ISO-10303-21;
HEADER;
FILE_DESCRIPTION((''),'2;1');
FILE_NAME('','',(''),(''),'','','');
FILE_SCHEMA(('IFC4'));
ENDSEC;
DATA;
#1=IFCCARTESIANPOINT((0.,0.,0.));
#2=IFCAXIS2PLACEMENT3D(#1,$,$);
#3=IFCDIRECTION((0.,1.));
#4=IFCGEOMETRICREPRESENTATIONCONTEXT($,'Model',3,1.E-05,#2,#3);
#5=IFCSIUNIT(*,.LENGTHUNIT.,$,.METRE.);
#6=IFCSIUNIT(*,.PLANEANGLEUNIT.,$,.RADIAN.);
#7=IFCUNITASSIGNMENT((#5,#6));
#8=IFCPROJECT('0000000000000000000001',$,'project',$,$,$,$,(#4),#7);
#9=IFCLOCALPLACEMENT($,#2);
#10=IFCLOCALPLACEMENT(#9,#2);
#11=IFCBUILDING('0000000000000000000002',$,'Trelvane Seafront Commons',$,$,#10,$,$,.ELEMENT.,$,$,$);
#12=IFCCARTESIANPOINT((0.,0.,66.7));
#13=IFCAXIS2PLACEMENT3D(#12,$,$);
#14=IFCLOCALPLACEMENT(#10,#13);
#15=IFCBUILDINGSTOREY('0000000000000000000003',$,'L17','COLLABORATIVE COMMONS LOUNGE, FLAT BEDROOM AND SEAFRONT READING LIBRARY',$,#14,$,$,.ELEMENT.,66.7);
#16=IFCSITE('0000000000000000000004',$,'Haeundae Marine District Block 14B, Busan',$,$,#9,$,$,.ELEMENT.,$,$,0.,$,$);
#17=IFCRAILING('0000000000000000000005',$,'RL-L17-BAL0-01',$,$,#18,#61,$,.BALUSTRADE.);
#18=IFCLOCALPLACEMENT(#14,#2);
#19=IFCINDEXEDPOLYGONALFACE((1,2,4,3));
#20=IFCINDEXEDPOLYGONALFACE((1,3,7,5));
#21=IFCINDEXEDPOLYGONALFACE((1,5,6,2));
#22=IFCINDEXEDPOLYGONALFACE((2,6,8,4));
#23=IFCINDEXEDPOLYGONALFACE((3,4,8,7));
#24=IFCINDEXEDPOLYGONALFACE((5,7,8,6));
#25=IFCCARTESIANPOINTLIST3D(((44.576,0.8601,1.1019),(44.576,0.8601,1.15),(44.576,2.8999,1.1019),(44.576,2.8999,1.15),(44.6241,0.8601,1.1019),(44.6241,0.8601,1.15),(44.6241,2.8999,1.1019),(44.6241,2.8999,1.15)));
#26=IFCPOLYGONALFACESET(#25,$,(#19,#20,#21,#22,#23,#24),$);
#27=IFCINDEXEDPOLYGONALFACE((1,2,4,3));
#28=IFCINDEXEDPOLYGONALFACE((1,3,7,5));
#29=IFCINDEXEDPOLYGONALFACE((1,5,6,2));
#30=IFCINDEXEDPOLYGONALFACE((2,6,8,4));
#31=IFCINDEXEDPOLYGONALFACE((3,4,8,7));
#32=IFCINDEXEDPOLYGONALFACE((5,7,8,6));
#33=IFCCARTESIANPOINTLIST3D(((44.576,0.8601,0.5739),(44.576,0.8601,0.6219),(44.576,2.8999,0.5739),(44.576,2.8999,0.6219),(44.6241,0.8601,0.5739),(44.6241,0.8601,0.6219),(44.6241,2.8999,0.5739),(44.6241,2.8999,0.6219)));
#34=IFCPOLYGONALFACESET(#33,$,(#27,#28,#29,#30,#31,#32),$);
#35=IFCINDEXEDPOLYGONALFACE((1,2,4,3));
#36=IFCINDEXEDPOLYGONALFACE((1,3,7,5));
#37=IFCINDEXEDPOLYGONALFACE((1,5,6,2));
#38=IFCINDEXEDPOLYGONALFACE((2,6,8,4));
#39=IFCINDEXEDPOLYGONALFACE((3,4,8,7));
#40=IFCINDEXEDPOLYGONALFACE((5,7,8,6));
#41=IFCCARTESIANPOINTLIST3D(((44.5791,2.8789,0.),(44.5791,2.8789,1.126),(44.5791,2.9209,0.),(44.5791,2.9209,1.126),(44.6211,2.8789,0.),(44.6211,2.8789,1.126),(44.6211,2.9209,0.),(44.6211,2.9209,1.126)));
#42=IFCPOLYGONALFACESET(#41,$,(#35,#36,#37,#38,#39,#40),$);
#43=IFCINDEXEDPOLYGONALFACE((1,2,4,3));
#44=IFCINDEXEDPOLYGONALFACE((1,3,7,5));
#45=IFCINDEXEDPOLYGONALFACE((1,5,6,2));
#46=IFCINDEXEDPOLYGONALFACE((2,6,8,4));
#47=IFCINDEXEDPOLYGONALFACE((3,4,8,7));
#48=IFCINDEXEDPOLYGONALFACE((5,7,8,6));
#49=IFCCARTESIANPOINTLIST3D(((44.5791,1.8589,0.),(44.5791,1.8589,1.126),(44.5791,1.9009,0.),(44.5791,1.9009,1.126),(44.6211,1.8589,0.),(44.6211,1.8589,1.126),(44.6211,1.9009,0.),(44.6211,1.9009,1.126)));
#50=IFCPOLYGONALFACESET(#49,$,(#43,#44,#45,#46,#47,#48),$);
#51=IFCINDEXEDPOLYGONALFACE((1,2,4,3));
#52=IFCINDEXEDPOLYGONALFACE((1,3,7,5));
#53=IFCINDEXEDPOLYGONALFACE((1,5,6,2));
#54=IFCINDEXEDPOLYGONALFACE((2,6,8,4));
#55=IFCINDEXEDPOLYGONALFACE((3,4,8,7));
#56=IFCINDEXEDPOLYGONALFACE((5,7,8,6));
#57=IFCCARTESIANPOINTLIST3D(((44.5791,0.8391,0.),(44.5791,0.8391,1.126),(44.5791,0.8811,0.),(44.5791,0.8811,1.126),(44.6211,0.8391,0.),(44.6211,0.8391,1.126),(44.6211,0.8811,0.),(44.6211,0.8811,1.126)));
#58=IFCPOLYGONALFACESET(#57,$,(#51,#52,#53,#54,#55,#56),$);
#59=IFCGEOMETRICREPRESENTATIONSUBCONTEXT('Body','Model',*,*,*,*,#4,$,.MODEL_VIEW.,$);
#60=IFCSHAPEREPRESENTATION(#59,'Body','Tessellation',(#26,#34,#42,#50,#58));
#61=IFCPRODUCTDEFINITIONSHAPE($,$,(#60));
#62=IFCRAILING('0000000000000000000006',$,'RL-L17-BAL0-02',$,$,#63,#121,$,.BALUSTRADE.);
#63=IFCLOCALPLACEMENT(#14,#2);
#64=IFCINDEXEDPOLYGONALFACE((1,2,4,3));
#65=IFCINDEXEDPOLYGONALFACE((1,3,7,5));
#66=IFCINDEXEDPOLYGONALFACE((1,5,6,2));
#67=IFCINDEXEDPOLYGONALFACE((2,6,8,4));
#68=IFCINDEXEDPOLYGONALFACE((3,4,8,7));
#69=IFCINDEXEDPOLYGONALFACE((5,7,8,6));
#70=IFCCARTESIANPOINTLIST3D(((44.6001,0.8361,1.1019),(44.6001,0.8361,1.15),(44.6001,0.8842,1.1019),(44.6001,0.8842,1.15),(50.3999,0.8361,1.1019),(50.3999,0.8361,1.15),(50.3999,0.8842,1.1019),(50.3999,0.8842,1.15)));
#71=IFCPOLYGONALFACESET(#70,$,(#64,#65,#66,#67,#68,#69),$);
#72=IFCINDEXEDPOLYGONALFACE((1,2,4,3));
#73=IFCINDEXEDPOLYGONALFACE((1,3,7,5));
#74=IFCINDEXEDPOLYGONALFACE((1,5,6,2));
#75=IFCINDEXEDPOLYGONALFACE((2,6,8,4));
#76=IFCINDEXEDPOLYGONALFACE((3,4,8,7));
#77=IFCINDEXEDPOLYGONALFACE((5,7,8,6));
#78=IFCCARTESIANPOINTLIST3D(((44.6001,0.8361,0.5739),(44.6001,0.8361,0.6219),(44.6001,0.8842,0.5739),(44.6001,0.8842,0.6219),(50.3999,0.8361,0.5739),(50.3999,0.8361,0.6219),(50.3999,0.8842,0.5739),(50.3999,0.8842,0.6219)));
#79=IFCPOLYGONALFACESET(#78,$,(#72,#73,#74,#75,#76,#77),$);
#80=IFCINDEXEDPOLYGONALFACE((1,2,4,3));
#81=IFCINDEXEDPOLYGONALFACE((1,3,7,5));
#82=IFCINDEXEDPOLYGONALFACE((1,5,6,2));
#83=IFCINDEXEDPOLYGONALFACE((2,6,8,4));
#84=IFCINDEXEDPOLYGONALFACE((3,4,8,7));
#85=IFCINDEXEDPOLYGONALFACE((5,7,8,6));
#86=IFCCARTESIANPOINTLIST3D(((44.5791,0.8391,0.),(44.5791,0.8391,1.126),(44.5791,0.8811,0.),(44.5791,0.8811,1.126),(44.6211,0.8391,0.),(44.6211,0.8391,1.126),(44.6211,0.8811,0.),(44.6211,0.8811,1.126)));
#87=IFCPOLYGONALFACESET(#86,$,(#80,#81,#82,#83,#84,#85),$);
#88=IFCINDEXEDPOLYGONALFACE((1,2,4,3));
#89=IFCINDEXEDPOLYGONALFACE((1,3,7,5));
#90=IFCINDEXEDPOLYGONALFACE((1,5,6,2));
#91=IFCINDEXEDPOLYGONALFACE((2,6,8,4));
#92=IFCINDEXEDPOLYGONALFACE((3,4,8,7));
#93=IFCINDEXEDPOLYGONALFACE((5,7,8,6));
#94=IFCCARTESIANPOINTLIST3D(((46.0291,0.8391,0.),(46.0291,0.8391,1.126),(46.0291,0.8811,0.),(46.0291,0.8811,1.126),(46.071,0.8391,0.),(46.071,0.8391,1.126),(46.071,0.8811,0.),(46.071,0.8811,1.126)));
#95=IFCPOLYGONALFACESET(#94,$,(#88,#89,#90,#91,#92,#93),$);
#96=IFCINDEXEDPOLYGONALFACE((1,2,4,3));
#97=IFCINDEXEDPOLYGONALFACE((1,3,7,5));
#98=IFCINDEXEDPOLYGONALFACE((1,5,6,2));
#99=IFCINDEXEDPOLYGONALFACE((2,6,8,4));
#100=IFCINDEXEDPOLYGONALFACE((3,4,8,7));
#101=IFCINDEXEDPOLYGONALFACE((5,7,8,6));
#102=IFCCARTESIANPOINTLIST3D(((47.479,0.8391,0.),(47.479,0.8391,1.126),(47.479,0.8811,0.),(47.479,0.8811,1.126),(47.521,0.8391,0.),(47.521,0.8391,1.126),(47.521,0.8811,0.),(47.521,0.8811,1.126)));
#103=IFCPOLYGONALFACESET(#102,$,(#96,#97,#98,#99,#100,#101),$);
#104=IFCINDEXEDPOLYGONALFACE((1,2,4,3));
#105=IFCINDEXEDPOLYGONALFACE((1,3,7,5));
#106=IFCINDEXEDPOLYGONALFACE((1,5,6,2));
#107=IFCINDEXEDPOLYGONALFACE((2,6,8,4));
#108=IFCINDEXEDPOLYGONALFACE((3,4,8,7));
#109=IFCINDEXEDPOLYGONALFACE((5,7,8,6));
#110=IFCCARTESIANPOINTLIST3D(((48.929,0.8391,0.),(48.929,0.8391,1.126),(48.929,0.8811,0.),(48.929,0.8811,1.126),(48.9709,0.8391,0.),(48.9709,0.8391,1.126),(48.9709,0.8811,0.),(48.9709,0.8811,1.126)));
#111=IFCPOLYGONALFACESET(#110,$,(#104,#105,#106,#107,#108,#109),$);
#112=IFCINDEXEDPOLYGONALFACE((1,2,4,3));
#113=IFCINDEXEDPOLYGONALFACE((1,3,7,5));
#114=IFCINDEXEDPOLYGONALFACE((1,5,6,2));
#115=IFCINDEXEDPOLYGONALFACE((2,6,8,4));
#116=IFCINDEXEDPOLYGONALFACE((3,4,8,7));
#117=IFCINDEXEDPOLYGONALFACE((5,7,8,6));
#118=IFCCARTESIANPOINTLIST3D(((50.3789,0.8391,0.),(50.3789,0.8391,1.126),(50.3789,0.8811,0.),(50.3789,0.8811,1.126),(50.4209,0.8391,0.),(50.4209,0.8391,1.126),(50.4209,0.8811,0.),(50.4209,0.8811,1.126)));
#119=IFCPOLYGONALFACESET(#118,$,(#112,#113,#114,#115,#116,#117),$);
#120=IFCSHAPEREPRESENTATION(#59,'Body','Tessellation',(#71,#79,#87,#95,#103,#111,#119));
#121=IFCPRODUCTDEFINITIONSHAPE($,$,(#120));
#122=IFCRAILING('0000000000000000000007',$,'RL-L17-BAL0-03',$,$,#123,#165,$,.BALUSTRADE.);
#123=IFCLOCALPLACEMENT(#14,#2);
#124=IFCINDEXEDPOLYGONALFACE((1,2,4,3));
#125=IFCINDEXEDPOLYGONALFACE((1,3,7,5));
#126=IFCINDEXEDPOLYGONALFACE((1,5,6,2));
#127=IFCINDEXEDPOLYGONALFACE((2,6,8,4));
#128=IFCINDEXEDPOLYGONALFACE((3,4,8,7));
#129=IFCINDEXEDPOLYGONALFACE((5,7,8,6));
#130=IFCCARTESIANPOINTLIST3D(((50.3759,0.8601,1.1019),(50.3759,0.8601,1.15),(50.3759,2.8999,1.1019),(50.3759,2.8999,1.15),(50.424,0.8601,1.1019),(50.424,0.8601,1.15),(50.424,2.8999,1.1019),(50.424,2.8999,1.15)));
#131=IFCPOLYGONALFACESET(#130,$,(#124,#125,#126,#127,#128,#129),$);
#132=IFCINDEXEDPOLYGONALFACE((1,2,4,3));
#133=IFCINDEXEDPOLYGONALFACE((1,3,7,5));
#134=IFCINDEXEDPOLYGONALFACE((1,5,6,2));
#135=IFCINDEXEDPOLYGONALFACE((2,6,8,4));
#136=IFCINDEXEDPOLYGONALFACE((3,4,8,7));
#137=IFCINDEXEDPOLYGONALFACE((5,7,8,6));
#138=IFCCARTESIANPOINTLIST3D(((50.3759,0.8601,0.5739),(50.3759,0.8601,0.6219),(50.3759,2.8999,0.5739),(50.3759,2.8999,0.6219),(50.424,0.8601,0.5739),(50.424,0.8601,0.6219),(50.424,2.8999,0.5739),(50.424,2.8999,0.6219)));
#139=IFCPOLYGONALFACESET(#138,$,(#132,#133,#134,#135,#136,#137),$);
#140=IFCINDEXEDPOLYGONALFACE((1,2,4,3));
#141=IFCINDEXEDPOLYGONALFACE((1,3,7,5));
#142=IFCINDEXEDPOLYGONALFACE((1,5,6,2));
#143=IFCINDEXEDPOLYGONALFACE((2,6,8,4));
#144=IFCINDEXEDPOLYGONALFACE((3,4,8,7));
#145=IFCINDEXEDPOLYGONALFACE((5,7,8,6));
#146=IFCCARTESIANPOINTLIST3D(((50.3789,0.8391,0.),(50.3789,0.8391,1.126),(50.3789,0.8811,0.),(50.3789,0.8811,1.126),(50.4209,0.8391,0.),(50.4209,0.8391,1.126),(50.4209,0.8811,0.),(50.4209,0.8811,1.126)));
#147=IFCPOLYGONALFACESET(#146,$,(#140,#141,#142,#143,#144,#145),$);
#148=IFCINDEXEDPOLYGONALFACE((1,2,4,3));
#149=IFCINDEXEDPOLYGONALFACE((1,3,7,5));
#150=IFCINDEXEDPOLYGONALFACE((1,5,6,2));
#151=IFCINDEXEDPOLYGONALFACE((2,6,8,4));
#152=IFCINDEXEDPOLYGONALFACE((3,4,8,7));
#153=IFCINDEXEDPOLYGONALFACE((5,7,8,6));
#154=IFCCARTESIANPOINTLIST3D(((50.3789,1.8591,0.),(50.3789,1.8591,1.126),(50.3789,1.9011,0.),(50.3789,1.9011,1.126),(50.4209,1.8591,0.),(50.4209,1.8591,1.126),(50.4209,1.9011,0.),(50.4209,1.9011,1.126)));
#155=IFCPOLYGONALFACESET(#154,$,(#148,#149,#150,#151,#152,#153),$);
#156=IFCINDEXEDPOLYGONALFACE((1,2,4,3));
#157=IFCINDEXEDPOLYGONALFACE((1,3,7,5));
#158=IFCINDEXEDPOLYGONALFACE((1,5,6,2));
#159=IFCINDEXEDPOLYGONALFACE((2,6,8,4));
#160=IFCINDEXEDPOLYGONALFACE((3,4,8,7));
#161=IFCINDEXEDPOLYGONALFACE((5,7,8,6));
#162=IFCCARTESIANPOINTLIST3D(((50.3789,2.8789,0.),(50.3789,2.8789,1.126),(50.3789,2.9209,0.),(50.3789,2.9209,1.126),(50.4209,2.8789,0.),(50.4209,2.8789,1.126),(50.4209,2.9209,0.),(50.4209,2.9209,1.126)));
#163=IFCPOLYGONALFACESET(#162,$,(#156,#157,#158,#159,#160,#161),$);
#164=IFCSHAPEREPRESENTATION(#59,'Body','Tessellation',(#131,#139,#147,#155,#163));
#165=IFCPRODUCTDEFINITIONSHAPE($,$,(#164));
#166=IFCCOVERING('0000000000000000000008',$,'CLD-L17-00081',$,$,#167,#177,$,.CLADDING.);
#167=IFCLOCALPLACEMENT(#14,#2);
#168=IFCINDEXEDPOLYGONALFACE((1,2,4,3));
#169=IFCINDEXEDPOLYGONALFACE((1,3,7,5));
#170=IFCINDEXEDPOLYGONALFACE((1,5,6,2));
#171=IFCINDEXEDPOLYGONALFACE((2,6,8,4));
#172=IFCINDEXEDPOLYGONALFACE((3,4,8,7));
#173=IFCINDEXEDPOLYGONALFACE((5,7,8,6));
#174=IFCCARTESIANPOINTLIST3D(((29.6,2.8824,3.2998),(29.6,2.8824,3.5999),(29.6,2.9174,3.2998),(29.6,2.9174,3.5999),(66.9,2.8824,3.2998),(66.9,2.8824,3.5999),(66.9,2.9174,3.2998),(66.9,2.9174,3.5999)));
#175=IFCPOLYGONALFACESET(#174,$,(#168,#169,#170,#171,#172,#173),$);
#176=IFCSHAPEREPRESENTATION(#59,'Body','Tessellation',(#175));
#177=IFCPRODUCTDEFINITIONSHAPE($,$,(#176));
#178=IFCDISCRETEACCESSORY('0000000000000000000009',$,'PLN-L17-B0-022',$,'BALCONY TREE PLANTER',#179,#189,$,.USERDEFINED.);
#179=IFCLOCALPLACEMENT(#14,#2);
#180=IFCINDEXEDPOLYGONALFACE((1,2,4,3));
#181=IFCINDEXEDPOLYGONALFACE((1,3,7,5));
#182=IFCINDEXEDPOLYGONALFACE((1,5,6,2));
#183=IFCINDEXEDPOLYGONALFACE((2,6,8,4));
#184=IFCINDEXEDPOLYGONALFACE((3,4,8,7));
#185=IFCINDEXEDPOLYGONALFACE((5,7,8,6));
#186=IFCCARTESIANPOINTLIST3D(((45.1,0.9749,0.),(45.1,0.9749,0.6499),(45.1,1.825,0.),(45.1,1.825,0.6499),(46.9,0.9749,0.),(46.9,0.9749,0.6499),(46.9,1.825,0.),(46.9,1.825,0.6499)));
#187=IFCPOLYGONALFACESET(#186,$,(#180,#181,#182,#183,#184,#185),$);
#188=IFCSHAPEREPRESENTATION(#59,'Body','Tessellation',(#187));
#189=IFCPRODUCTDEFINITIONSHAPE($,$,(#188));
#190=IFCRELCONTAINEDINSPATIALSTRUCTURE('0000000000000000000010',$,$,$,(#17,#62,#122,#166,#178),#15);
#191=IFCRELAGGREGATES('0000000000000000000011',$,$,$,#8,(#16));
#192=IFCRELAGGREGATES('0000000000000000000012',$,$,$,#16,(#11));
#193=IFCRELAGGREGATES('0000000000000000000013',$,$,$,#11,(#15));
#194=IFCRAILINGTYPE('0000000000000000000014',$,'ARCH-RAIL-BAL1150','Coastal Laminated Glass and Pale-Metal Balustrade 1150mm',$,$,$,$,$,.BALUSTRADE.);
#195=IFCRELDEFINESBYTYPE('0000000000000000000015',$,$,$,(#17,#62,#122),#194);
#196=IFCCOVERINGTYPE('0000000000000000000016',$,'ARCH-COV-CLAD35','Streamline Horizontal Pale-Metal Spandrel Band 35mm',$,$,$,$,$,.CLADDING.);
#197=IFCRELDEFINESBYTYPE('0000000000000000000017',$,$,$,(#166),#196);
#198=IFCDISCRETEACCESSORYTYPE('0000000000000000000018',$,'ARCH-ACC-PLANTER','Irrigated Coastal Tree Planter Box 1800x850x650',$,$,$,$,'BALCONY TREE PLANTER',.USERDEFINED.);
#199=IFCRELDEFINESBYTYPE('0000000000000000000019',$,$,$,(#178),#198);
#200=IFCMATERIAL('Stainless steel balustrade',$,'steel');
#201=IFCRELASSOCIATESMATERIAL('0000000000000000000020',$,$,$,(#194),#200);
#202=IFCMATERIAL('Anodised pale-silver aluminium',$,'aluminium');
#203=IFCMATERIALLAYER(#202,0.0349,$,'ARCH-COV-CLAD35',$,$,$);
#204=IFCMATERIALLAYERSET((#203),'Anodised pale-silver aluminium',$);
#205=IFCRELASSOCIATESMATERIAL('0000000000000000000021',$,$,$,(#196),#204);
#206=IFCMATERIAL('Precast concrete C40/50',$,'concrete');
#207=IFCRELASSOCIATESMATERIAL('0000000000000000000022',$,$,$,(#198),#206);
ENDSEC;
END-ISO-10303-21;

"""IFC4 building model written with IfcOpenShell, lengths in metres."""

from ifc_helpers import new_model, si_unit, direction, frame, origin, origin_2d, place, context, subcontext, project, spatial, rectangle, extrude, source, transform, mapped, material, layer, layer_set, type_object, element, save


model = new_model("IFC4")

# Units and contexts
model_context = context("Model", 3, precision=1e-05, world=origin(), true_north=direction((0.0, 1.0)))
body_context = subcontext(model_context, "Body", "Model", "MODEL_VIEW")
ifc_project = project(units=[si_unit("LENGTHUNIT", "METRE"), si_unit("PLANEANGLEUNIT", "RADIAN")], contexts=[model_context])

# Site, building, storey
site_placement = place(None, origin())
site = spatial("IfcSite", under=ifc_project, at=site_placement, Name="Haeundae Marine District Block 14B, Busan", CompositionType="ELEMENT", RefElevation=0.0)
building_placement = place(site_placement, origin())
building = spatial("IfcBuilding", under=site, at=building_placement, Name="Trelvane Seafront Commons", CompositionType="ELEMENT")
storey_placement = place(building_placement, frame((0.0, 0.0, 66.7)))
storey = spatial("IfcBuildingStorey", under=building, at=storey_placement, Name="L17", Description="COLLABORATIVE COMMONS LOUNGE, FLAT BEDROOM AND SEAFRONT READING LIBRARY", CompositionType="ELEMENT", Elevation=66.7)

# Shared definitions
ifc_material_1 = material(Name="Anodised pale-silver aluminium", Category="aluminium")

# Railings
ifc_material_2 = material(Name="Stainless steel balustrade", Category="steel")
railing_type = type_object("IfcRailingType", Name="ARCH-RAIL-BAL1150", Description="Coastal Laminated Glass and Pale-Metal Balustrade 1150mm", PredefinedType="BALUSTRADE", material=ifc_material_2)
railing_1_placement = place(storey_placement, frame((44.6001, 2.8999, 0.0)))
element("IfcRailing", 1, at=railing_1_placement, inside=storey, type_object=railing_type, Name="RL-L17-BAL0-01", PredefinedType="BALUSTRADE", context=body_context, shape_type="SweptSolid", body=[
    extrude(rectangle(XDim=0.0481, YDim=0.0481, at=origin_2d()), frame((0.0, 0.0, 1.126), z_axis=(0.0, -1.0, 0.0), x_axis=(1.0, 0.0, 0.0)), (0.0, 0.0, 1.0), 2.0398),
    extrude(rectangle(XDim=0.0481, YDim=0.0481, at=origin_2d()), frame((0.0, 0.0, 0.5979), z_axis=(0.0, -1.0, 0.0), x_axis=(1.0, 0.0, 0.0)), (0.0, 0.0, 1.0), 2.0398),
    extrude(rectangle(XDim=0.042, YDim=0.042, at=origin_2d()), origin(), (0.0, 0.0, 1.0), 1.126),
    extrude(rectangle(XDim=0.042, YDim=0.042, at=origin_2d()), frame((0.0, -1.02, 0.0)), (0.0, 0.0, 1.0), 1.126),
    extrude(rectangle(XDim=0.042, YDim=0.042, at=origin_2d()), frame((0.0, -2.0398, 0.0)), (0.0, 0.0, 1.0), 1.126),
])
railing_2_placement = place(storey_placement, frame((44.6001, 0.8601, 0.0)))
element("IfcRailing", 2, at=railing_2_placement, inside=storey, type_object=railing_type, Name="RL-L17-BAL0-02", PredefinedType="BALUSTRADE", context=body_context, shape_type="SweptSolid", body=[
    extrude(rectangle(XDim=0.0481, YDim=0.0481, at=origin_2d()), frame((0.0, 0.0, 1.126), z_axis=(1.0, 0.0, 0.0), x_axis=(0.0, 1.0, 0.0)), (0.0, 0.0, 1.0), 5.7998),
    extrude(rectangle(XDim=0.0481, YDim=0.0481, at=origin_2d()), frame((0.0, 0.0, 0.5979), z_axis=(1.0, 0.0, 0.0), x_axis=(0.0, 1.0, 0.0)), (0.0, 0.0, 1.0), 5.7998),
    extrude(rectangle(XDim=0.042, YDim=0.042, at=origin_2d()), origin(), (0.0, 0.0, 1.0), 1.126),
    extrude(rectangle(XDim=0.042, YDim=0.042, at=origin_2d()), frame((1.45, 0.0, 0.0)), (0.0, 0.0, 1.0), 1.126),
    extrude(rectangle(XDim=0.042, YDim=0.042, at=origin_2d()), frame((2.8999, 0.0, 0.0)), (0.0, 0.0, 1.0), 1.126),
    extrude(rectangle(XDim=0.042, YDim=0.042, at=origin_2d()), frame((4.3499, 0.0, 0.0)), (0.0, 0.0, 1.0), 1.126),
    extrude(rectangle(XDim=0.042, YDim=0.042, at=origin_2d()), frame((5.7998, 0.0, 0.0)), (0.0, 0.0, 1.0), 1.126),
])
railing_3_placement = place(storey_placement, frame((50.3999, 0.8601, 0.0)))
element("IfcRailing", 3, at=railing_3_placement, inside=storey, type_object=railing_type, Name="RL-L17-BAL0-03", PredefinedType="BALUSTRADE", context=body_context, shape_type="SweptSolid", body=[
    extrude(rectangle(XDim=0.0481, YDim=0.0481, at=origin_2d()), frame((0.0, 0.0, 1.126), z_axis=(0.0, 1.0, 0.0), x_axis=(-1.0, 0.0, 0.0)), (0.0, 0.0, 1.0), 2.0398),
    extrude(rectangle(XDim=0.0481, YDim=0.0481, at=origin_2d()), frame((0.0, 0.0, 0.5979), z_axis=(0.0, 1.0, 0.0), x_axis=(-1.0, 0.0, 0.0)), (0.0, 0.0, 1.0), 2.0398),
    extrude(rectangle(XDim=0.042, YDim=0.042, at=origin_2d()), origin(), (0.0, 0.0, 1.0), 1.126),
    extrude(rectangle(XDim=0.042, YDim=0.042, at=origin_2d()), frame((0.0, 1.02, 0.0)), (0.0, 0.0, 1.0), 1.126),
    extrude(rectangle(XDim=0.042, YDim=0.042, at=origin_2d()), frame((0.0, 2.0398, 0.0)), (0.0, 0.0, 1.0), 1.126),
])

# Covering
ifc_layer_1 = layer(ifc_material_1, 0.0349, Name="ARCH-COV-CLAD35")
ifc_layer_set_1 = layer_set([ifc_layer_1], Name="Anodised pale-silver aluminium")
covering_type = type_object("IfcCoveringType", Name="ARCH-COV-CLAD35", Description="Streamline Horizontal Pale-Metal Spandrel Band 35mm", PredefinedType="CLADDING", material=ifc_layer_set_1)
shared_shape_1 = source(origin(), body_context, "Body", "SweptSolid", [
    extrude(rectangle(XDim=37.3, YDim=0.0349, at=origin_2d()), origin(), (0.0, 0.0, 1.0), 0.3),
])
covering_placement = place(storey_placement, frame((48.25, 2.8999, 3.2998), z_axis=(0.0, 0.0, 1.0), x_axis=(-1.0, 0.0, 0.0)))
element("IfcCovering", 4, at=covering_placement, inside=storey, type_object=covering_type, Name="CLD-L17-00081", PredefinedType="CLADDING", context=body_context, shape_type="MappedRepresentation", body=[
    mapped(shared_shape_1, transform((0.0, 0.0, 0.0), x_axis=(1.0, 0.0, 0.0), y_axis=(0.0, 1.0, 0.0), z_axis=(0.0, 0.0, 1.0), scale=1.0)),
])

# Discrete accessory
ifc_material_3 = material(Name="Precast concrete C40/50", Category="concrete")
discrete_accessory_type = type_object("IfcDiscreteAccessoryType", Name="ARCH-ACC-PLANTER", Description="Irrigated Coastal Tree Planter Box 1800x850x650", ElementType="BALCONY TREE PLANTER", PredefinedType="USERDEFINED", material=ifc_material_3)
shared_shape_2 = source(origin(), body_context, "Body", "SweptSolid", [
    extrude(rectangle(XDim=1.8, YDim=0.8501, at=origin_2d()), origin(), (0.0, 0.0, 1.0), 0.6499),
])
discrete_accessory_placement = place(storey_placement, frame((46.0, 1.3999, 0.0), z_axis=(0.0, 0.0, 1.0), x_axis=(1.0, 0.0, 0.0)))
element("IfcDiscreteAccessory", 5, at=discrete_accessory_placement, inside=storey, type_object=discrete_accessory_type, Name="PLN-L17-B0-022", ObjectType="BALCONY TREE PLANTER", PredefinedType="USERDEFINED", context=body_context, shape_type="MappedRepresentation", body=[
    mapped(shared_shape_2, transform((0.0, 0.0, 0.0), x_axis=(1.0, 0.0, 0.0), y_axis=(0.0, 1.0, 0.0), z_axis=(0.0, 0.0, 1.0), scale=1.0)),
])

save(model, "model.ifc")
